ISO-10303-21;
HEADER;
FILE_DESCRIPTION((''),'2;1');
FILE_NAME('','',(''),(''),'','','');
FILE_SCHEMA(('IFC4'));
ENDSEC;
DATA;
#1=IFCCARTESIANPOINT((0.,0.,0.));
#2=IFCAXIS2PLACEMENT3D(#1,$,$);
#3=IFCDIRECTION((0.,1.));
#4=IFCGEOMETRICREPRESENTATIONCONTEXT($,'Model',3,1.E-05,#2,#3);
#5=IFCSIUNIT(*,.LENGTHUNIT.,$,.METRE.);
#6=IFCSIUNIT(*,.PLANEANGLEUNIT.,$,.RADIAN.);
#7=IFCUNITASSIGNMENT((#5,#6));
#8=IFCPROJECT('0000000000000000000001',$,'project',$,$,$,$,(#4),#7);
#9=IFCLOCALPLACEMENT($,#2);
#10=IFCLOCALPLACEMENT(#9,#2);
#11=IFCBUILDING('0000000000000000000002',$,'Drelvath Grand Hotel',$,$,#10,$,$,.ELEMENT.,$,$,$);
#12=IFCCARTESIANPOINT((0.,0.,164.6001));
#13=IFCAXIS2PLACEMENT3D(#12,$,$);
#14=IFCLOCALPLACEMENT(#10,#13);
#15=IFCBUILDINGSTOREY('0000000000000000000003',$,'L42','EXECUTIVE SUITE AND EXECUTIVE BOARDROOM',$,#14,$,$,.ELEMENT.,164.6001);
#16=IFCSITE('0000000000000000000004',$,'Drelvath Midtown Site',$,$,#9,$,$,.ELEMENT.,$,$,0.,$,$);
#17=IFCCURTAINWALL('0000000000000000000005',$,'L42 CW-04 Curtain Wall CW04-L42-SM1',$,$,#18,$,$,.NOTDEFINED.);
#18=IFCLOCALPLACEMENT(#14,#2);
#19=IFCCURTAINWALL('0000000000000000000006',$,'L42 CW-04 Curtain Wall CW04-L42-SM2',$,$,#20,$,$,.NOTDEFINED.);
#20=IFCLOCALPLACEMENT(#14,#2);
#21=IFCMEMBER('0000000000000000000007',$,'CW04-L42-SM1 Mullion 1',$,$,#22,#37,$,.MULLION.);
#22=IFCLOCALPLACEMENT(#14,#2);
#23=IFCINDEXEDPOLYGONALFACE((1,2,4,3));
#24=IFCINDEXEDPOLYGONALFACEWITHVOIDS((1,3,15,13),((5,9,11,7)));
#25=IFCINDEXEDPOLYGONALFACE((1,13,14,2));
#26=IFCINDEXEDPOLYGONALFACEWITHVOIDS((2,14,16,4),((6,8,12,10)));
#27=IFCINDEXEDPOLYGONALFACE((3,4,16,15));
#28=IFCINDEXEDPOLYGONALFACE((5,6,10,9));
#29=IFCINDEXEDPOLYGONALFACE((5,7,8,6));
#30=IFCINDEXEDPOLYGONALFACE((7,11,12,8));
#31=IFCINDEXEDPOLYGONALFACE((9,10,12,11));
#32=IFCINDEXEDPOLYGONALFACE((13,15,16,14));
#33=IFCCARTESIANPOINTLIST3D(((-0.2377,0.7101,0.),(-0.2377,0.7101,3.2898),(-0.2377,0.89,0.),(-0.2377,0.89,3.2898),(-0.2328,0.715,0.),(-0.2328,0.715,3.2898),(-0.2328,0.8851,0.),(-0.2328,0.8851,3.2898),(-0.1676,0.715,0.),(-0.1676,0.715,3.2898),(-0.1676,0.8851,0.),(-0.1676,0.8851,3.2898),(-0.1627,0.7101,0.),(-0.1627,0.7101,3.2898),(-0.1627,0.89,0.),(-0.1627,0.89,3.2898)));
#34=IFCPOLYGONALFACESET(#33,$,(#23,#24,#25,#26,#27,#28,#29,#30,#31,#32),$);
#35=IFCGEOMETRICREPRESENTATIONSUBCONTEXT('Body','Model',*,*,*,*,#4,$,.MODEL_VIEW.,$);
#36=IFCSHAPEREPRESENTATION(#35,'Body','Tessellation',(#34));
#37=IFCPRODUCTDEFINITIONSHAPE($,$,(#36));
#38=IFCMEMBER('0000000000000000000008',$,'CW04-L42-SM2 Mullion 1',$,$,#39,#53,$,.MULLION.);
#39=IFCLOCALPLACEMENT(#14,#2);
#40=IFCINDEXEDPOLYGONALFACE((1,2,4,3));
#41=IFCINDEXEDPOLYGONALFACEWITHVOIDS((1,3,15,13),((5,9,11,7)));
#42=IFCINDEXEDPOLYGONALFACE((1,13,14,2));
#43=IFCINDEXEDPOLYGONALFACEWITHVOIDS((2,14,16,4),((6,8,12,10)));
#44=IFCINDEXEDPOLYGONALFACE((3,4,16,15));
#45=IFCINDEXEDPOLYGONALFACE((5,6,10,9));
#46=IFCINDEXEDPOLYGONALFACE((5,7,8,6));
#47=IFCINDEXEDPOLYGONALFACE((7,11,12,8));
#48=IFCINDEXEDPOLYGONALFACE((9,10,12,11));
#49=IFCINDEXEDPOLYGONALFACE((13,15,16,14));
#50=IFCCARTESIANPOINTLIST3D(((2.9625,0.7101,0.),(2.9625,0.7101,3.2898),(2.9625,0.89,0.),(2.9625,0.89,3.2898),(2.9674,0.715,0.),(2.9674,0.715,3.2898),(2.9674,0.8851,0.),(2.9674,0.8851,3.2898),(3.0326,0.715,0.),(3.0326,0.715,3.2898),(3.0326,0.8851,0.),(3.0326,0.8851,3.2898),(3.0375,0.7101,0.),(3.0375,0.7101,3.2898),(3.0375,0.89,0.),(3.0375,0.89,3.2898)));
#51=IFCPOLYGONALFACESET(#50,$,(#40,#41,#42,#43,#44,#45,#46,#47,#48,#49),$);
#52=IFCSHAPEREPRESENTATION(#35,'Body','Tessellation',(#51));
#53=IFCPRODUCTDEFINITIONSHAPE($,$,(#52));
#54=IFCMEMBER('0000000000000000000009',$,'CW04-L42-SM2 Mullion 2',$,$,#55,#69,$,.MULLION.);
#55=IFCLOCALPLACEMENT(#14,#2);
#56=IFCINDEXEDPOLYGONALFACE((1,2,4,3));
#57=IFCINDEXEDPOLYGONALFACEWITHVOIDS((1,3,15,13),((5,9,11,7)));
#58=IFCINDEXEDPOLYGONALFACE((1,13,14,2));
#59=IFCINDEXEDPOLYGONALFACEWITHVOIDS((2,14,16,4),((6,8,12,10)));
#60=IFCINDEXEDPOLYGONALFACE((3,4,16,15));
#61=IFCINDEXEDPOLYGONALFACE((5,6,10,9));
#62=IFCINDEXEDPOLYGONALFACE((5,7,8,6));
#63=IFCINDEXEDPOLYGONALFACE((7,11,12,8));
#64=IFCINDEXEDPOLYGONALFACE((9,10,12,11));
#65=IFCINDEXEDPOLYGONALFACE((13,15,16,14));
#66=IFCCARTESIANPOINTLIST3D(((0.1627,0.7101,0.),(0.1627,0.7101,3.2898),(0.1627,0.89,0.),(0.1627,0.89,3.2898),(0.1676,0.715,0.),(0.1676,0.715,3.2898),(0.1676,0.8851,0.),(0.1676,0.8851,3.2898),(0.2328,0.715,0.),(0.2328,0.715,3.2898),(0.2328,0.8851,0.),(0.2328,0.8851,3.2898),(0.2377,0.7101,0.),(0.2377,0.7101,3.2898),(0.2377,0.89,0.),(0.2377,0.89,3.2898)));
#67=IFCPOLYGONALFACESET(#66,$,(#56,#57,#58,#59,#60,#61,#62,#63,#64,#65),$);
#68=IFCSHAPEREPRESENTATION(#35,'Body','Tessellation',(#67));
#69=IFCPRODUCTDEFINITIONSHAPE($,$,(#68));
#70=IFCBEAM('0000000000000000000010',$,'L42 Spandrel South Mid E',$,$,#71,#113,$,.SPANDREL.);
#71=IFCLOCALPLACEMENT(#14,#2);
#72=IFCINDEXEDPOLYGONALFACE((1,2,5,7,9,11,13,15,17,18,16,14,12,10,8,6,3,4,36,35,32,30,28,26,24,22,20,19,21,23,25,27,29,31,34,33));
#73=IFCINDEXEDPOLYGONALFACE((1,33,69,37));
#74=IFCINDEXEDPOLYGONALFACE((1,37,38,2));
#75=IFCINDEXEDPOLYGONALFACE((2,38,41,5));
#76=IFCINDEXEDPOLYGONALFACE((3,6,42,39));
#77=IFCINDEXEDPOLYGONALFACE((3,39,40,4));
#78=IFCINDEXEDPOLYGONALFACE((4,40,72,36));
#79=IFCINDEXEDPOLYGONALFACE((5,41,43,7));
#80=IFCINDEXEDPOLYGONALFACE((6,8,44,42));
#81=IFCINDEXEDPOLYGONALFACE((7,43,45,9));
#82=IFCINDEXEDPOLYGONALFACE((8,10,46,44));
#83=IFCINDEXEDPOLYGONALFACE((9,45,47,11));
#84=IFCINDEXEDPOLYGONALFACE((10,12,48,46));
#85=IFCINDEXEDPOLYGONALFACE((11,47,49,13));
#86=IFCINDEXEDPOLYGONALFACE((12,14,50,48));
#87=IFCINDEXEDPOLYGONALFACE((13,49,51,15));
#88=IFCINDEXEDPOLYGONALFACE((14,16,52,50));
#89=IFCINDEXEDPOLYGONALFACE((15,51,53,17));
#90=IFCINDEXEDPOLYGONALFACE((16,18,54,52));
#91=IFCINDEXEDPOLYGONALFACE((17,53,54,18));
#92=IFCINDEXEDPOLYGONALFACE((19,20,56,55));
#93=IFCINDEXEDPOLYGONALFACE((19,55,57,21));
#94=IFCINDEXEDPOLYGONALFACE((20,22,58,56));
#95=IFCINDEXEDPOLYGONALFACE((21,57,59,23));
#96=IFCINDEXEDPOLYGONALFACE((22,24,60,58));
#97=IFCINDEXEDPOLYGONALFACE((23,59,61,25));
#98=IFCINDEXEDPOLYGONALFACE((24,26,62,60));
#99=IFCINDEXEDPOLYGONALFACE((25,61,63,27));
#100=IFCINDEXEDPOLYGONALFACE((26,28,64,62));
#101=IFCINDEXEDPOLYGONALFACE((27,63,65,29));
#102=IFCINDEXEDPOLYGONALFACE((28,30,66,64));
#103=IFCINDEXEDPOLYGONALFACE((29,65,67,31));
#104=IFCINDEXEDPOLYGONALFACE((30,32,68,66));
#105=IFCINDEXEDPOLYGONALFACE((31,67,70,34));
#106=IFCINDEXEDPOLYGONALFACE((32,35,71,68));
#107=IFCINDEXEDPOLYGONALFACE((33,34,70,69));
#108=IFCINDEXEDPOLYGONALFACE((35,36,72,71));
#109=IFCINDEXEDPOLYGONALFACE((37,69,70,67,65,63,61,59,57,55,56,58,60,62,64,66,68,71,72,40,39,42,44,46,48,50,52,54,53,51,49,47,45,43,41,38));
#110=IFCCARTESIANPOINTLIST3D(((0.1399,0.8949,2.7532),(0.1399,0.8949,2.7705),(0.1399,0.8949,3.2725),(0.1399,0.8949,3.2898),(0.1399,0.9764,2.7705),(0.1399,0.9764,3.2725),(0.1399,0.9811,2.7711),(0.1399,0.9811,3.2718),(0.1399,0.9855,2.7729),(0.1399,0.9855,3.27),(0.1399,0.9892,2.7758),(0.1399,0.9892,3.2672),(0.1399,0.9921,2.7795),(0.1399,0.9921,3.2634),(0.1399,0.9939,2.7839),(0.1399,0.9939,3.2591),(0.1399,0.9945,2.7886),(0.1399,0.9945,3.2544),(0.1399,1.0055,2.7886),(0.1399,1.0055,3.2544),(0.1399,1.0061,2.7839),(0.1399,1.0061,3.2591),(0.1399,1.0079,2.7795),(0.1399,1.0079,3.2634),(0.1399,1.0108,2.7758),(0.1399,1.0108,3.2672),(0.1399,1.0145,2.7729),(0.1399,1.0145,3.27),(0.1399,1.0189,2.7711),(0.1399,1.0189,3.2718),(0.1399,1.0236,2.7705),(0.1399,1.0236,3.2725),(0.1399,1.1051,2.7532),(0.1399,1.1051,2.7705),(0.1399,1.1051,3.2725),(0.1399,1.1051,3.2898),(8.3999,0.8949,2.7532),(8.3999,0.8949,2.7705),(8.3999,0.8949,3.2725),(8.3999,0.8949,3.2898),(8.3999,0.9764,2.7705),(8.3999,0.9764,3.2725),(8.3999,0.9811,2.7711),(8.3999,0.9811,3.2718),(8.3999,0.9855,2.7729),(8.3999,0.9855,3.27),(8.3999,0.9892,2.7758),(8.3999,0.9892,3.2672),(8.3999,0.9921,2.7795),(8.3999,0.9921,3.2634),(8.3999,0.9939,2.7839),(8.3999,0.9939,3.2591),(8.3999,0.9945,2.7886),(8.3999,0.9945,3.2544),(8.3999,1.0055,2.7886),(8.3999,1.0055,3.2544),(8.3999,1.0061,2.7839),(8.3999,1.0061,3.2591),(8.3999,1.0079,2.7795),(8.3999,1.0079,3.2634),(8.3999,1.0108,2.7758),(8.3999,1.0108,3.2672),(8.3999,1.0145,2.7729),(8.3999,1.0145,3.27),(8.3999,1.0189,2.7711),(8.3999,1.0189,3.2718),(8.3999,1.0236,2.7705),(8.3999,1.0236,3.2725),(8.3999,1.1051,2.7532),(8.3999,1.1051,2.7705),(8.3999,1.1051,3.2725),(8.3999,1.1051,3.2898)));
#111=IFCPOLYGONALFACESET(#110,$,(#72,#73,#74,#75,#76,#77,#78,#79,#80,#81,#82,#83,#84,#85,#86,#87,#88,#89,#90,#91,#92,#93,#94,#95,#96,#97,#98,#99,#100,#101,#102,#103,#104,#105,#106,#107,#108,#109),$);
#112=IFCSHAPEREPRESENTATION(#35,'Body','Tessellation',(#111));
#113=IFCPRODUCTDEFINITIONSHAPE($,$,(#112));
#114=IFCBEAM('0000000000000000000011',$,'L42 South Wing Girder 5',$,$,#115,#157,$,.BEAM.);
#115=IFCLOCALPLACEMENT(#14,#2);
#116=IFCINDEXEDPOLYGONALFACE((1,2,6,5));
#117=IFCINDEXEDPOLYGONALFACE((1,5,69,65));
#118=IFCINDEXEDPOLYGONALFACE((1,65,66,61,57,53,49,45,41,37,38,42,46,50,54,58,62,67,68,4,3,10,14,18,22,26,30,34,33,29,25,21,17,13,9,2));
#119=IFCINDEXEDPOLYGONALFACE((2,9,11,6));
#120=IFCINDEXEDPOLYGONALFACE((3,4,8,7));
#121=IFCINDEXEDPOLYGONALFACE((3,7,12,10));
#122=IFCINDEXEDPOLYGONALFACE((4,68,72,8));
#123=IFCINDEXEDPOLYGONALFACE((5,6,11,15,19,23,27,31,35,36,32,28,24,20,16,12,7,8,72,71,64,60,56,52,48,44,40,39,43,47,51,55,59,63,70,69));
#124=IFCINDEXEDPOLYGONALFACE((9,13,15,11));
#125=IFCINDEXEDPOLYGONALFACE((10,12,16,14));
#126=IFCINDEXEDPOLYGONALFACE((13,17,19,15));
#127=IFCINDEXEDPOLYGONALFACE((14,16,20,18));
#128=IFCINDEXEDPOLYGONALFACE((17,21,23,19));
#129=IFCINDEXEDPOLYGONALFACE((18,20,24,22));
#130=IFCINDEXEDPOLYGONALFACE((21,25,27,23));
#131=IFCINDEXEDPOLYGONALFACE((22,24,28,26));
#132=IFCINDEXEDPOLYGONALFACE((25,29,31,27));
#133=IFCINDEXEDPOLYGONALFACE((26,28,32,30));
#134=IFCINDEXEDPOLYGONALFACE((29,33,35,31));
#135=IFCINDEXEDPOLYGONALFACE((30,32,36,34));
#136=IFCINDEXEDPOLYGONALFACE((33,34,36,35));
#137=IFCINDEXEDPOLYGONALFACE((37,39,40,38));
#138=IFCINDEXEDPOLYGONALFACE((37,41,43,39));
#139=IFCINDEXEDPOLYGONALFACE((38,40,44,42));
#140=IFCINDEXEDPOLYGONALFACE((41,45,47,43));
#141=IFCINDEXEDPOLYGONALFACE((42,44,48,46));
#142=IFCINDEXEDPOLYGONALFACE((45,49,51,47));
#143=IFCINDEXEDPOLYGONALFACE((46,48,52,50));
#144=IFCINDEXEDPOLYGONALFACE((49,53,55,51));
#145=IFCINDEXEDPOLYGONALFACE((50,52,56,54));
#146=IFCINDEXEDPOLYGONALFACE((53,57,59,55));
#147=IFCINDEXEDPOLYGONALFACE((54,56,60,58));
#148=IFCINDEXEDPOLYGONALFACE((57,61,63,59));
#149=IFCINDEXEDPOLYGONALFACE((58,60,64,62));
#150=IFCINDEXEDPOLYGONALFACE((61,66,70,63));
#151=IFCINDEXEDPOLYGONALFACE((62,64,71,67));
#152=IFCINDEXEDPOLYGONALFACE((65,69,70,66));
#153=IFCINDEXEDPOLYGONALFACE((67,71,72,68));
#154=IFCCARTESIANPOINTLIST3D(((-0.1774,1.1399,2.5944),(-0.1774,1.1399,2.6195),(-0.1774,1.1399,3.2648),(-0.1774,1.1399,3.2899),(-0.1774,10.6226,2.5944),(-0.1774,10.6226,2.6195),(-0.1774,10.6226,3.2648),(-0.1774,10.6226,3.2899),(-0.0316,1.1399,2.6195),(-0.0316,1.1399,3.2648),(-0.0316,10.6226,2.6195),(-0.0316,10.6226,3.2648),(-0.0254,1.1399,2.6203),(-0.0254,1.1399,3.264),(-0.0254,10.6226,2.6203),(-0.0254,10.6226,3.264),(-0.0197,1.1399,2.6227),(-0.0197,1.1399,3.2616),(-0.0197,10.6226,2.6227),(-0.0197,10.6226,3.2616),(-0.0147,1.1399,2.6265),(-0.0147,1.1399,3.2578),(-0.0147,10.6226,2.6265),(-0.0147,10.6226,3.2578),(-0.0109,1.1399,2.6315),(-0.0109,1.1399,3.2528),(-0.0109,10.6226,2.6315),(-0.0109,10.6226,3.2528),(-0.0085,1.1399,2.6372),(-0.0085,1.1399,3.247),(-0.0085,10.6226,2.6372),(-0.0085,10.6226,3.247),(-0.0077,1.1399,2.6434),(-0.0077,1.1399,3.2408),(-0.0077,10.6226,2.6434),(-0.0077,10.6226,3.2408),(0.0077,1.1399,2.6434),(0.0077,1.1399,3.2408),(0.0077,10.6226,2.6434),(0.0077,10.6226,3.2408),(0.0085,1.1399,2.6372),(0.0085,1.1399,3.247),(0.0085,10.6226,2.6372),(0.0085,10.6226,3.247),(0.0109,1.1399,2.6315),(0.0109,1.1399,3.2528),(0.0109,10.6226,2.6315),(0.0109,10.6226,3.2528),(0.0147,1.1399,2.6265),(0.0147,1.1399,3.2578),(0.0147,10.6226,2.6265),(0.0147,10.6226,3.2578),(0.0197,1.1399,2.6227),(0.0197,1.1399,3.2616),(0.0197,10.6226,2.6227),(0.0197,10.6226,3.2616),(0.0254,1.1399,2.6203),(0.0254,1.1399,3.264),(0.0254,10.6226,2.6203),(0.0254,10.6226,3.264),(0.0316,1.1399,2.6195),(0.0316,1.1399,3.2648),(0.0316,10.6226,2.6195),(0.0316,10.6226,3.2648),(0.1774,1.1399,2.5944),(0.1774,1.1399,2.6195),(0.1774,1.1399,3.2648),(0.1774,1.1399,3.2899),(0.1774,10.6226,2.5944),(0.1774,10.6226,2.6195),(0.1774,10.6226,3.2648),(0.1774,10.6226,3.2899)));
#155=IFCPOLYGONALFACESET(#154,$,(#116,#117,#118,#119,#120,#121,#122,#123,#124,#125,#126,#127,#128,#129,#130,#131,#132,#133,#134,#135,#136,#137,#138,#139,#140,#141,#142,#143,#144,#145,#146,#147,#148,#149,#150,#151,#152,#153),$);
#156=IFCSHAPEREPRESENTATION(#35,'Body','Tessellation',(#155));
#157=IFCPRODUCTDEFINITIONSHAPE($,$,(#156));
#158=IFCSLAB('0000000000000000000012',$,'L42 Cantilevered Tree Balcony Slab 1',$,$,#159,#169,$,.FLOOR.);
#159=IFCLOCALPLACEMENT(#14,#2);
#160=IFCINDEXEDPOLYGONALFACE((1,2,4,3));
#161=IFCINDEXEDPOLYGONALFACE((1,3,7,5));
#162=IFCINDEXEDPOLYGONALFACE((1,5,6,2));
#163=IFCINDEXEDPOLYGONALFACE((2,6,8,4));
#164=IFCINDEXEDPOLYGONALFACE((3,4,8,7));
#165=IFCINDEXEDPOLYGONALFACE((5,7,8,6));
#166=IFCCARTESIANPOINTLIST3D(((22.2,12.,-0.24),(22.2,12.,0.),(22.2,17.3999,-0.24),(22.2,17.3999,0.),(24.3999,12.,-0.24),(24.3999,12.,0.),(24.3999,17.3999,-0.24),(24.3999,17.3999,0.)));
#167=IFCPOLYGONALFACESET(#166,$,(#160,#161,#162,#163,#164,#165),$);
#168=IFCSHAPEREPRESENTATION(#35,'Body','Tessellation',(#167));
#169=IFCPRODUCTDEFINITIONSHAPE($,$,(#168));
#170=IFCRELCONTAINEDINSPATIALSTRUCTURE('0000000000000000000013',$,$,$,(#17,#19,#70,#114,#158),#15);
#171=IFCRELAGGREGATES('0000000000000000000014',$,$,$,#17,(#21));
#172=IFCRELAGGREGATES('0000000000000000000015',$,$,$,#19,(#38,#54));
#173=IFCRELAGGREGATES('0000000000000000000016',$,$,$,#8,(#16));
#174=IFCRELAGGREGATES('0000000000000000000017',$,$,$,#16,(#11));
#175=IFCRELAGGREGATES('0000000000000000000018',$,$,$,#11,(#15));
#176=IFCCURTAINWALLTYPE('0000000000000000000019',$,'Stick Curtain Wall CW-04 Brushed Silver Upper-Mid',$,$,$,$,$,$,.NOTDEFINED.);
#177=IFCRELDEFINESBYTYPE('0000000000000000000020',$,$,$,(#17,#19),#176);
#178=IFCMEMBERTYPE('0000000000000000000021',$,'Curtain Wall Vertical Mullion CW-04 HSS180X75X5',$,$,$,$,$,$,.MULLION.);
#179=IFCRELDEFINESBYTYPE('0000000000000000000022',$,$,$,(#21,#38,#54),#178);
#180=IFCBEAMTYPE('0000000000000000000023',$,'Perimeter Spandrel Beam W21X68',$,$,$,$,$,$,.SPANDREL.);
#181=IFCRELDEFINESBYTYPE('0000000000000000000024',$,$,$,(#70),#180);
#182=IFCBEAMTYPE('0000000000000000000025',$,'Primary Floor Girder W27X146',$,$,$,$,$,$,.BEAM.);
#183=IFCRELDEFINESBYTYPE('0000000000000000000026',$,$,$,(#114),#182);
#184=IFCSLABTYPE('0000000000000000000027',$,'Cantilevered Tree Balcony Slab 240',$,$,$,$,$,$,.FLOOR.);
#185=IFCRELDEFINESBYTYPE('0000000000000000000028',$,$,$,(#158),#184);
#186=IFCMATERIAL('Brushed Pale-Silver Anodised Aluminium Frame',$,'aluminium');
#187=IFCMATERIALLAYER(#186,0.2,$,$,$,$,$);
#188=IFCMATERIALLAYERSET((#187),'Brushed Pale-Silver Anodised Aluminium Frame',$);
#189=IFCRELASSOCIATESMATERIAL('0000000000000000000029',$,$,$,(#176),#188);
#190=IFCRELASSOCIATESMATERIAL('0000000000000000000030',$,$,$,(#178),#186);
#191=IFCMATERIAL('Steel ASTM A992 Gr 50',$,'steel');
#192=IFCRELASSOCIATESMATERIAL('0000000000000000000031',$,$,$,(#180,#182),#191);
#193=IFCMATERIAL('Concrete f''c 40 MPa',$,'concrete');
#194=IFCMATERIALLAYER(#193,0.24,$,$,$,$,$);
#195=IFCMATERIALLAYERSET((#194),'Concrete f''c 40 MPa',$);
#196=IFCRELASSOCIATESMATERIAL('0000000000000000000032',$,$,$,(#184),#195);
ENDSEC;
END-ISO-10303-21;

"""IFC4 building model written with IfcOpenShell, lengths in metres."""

from ifc_helpers import new_model, si_unit, direction, frame, origin, origin_2d, place, context, subcontext, project, spatial, polyline, hollow_rectangle, i_section, outline, extrude, material, layer, layer_set, material_profile, profile_set, type_object, element, aggregate, save


model = new_model("IFC4")

# Units and contexts
model_context = context("Model", 3, precision=1e-05, world=origin(), true_north=direction((0.0, 1.0)))
body_context = subcontext(model_context, "Body", "Model", "MODEL_VIEW")
ifc_project = project(units=[si_unit("LENGTHUNIT", "METRE"), si_unit("PLANEANGLEUNIT", "RADIAN")], contexts=[model_context])

# Site, building, storey
site_placement = place(None, origin())
site = spatial("IfcSite", under=ifc_project, at=site_placement, Name="Drelvath Midtown Site", CompositionType="ELEMENT", RefElevation=0.0)
building_placement = place(site_placement, origin())
building = spatial("IfcBuilding", under=site, at=building_placement, Name="Drelvath Grand Hotel", CompositionType="ELEMENT")
storey_placement = place(building_placement, frame((0.0, 0.0, 164.6001)))
storey = spatial("IfcBuildingStorey", under=building, at=storey_placement, Name="L42", Description="EXECUTIVE SUITE AND EXECUTIVE BOARDROOM", CompositionType="ELEMENT", Elevation=164.6001)

# Curtain walls
ifc_material_1 = material(Name="Brushed Pale-Silver Anodised Aluminium Frame", Category="aluminium")
ifc_layer_1 = layer(ifc_material_1, 0.2)
ifc_layer_set_1 = layer_set([ifc_layer_1], Name="Brushed Pale-Silver Anodised Aluminium Frame")
curtain_wall_type = type_object("IfcCurtainWallType", Name="Stick Curtain Wall CW-04 Brushed Silver Upper-Mid", PredefinedType="NOTDEFINED", material=ifc_layer_set_1)
curtain_wall_1_placement = place(storey_placement, origin())
curtain_wall_1 = element("IfcCurtainWall", 1, at=curtain_wall_1_placement, inside=storey, type_object=curtain_wall_type, Name="L42 CW-04 Curtain Wall CW04-L42-SM1", PredefinedType="NOTDEFINED")
curtain_wall_2_placement = place(storey_placement, origin())
curtain_wall_2 = element("IfcCurtainWall", 2, at=curtain_wall_2_placement, inside=storey, type_object=curtain_wall_type, Name="L42 CW-04 Curtain Wall CW04-L42-SM2", PredefinedType="NOTDEFINED")

# Members
ifc_material_profile_1 = material_profile(ifc_material_1, hollow_rectangle(XDim=0.075, YDim=0.1799, WallThickness=0.0049, at=origin_2d()), Name="HSS180X75X5")
ifc_profile_set_1 = profile_set([ifc_material_profile_1], Name="Brushed Pale-Silver Anodised Aluminium Frame")
member_type_1 = type_object("IfcMemberType", Name="Curtain Wall Vertical Mullion CW-04 HSS180X75X5", PredefinedType="MULLION", material=ifc_profile_set_1)
member_1_placement = place(storey_placement, frame((-0.2002, 0.8, 0.0), z_axis=(0.0, 0.0, 1.0), x_axis=(1.0, 0.0, 0.0)))
member_1 = element("IfcMember", 3, at=member_1_placement, type_object=member_type_1, Name="CW04-L42-SM1 Mullion 1", PredefinedType="MULLION", context=body_context, shape_type="SweptSolid", body=[
    extrude(hollow_rectangle(XDim=0.075, YDim=0.1799, WallThickness=0.0049, at=origin_2d()), origin(), (0.0, 0.0, 1.0), 3.2898),
])
aggregate(curtain_wall_1, [member_1])
member_2_placement = place(storey_placement, frame((3.0, 0.8, 0.0), z_axis=(0.0, 0.0, 1.0), x_axis=(1.0, 0.0, 0.0)))
member_2 = element("IfcMember", 4, at=member_2_placement, type_object=member_type_1, Name="CW04-L42-SM2 Mullion 1", PredefinedType="MULLION", context=body_context, shape_type="SweptSolid", body=[
    extrude(hollow_rectangle(XDim=0.075, YDim=0.1799, WallThickness=0.0049, at=origin_2d()), origin(), (0.0, 0.0, 1.0), 3.2898),
])
member_3_placement = place(storey_placement, frame((0.2002, 0.8, 0.0), z_axis=(0.0, 0.0, 1.0), x_axis=(1.0, 0.0, 0.0)))
member_3 = element("IfcMember", 5, at=member_3_placement, type_object=member_type_1, Name="CW04-L42-SM2 Mullion 2", PredefinedType="MULLION", context=body_context, shape_type="SweptSolid", body=[
    extrude(hollow_rectangle(XDim=0.075, YDim=0.1799, WallThickness=0.0049, at=origin_2d()), origin(), (0.0, 0.0, 1.0), 3.2898),
])

# Beams
ifc_material_2 = material(Name="Steel ASTM A992 Gr 50", Category="steel")
ifc_material_profile_2 = material_profile(ifc_material_2, i_section(OverallWidth=0.2102, OverallDepth=0.5366, WebThickness=0.011, FlangeThickness=0.0173, FilletRadius=0.0181, at=origin_2d()), Name="W21X68")
ifc_profile_set_2 = profile_set([ifc_material_profile_2], Name="Steel ASTM A992 Gr 50")
beam_type_1 = type_object("IfcBeamType", Name="Perimeter Spandrel Beam W21X68", PredefinedType="SPANDREL", material=ifc_profile_set_2)
beam_1_placement = place(storey_placement, frame((0.1399, 1.0, 3.0215), z_axis=(1.0, 0.0, 0.0), x_axis=(0.0, 1.0, 0.0)))
element("IfcBeam", 6, at=beam_1_placement, inside=storey, type_object=beam_type_1, Name="L42 Spandrel South Mid E", PredefinedType="SPANDREL", context=body_context, shape_type="SweptSolid", body=[
    extrude(i_section(OverallWidth=0.2102, OverallDepth=0.5366, WebThickness=0.011, FlangeThickness=0.0173, FilletRadius=0.0181, at=origin_2d()), origin(), (0.0, 0.0, 1.0), 8.26),
])
ifc_material_profile_3 = material_profile(ifc_material_2, i_section(OverallWidth=0.3547, OverallDepth=0.6956, WebThickness=0.0154, FlangeThickness=0.0251, FilletRadius=0.0239, at=origin_2d()), Name="W27X146")
ifc_profile_set_3 = profile_set([ifc_material_profile_3], Name="Steel ASTM A992 Gr 50")
beam_type_2 = type_object("IfcBeamType", Name="Primary Floor Girder W27X146", PredefinedType="BEAM", material=ifc_profile_set_3)
beam_2_placement = place(storey_placement, frame((0.0, 1.1399, 2.9421), z_axis=(0.0, 1.0, 0.0), x_axis=(-1.0, 0.0, 0.0)))
element("IfcBeam", 7, at=beam_2_placement, inside=storey, type_object=beam_type_2, Name="L42 South Wing Girder 5", PredefinedType="BEAM", context=body_context, shape_type="SweptSolid", body=[
    extrude(i_section(OverallWidth=0.3547, OverallDepth=0.6956, WebThickness=0.0154, FlangeThickness=0.0251, FilletRadius=0.0239, at=origin_2d()), origin(), (0.0, 0.0, 1.0), 9.4827),
])

# Slab
ifc_material_3 = material(Name="Concrete f'c 40 MPa", Category="concrete")
ifc_layer_2 = layer(ifc_material_3, 0.24)
ifc_layer_set_2 = layer_set([ifc_layer_2], Name="Concrete f'c 40 MPa")
slab_type_1 = type_object("IfcSlabType", Name="Cantilevered Tree Balcony Slab 240", PredefinedType="FLOOR", material=ifc_layer_set_2)
slab_1_placement = place(storey_placement, frame((0.0, 0.0, -0.24)))
element("IfcSlab", 8, at=slab_1_placement, inside=storey, type_object=slab_type_1, Name="L42 Cantilevered Tree Balcony Slab 1", PredefinedType="FLOOR", context=body_context, shape_type="SweptSolid", body=[
    extrude(outline(polyline([(22.2, 12.0), (24.3999, 12.0), (24.3999, 17.3999), (22.2, 17.3999), (22.2, 12.0)])), origin(), (0.0, 0.0, 1.0), 0.24),
])

aggregate(curtain_wall_2, [member_2, member_3])

save(model, "model.ifc")
